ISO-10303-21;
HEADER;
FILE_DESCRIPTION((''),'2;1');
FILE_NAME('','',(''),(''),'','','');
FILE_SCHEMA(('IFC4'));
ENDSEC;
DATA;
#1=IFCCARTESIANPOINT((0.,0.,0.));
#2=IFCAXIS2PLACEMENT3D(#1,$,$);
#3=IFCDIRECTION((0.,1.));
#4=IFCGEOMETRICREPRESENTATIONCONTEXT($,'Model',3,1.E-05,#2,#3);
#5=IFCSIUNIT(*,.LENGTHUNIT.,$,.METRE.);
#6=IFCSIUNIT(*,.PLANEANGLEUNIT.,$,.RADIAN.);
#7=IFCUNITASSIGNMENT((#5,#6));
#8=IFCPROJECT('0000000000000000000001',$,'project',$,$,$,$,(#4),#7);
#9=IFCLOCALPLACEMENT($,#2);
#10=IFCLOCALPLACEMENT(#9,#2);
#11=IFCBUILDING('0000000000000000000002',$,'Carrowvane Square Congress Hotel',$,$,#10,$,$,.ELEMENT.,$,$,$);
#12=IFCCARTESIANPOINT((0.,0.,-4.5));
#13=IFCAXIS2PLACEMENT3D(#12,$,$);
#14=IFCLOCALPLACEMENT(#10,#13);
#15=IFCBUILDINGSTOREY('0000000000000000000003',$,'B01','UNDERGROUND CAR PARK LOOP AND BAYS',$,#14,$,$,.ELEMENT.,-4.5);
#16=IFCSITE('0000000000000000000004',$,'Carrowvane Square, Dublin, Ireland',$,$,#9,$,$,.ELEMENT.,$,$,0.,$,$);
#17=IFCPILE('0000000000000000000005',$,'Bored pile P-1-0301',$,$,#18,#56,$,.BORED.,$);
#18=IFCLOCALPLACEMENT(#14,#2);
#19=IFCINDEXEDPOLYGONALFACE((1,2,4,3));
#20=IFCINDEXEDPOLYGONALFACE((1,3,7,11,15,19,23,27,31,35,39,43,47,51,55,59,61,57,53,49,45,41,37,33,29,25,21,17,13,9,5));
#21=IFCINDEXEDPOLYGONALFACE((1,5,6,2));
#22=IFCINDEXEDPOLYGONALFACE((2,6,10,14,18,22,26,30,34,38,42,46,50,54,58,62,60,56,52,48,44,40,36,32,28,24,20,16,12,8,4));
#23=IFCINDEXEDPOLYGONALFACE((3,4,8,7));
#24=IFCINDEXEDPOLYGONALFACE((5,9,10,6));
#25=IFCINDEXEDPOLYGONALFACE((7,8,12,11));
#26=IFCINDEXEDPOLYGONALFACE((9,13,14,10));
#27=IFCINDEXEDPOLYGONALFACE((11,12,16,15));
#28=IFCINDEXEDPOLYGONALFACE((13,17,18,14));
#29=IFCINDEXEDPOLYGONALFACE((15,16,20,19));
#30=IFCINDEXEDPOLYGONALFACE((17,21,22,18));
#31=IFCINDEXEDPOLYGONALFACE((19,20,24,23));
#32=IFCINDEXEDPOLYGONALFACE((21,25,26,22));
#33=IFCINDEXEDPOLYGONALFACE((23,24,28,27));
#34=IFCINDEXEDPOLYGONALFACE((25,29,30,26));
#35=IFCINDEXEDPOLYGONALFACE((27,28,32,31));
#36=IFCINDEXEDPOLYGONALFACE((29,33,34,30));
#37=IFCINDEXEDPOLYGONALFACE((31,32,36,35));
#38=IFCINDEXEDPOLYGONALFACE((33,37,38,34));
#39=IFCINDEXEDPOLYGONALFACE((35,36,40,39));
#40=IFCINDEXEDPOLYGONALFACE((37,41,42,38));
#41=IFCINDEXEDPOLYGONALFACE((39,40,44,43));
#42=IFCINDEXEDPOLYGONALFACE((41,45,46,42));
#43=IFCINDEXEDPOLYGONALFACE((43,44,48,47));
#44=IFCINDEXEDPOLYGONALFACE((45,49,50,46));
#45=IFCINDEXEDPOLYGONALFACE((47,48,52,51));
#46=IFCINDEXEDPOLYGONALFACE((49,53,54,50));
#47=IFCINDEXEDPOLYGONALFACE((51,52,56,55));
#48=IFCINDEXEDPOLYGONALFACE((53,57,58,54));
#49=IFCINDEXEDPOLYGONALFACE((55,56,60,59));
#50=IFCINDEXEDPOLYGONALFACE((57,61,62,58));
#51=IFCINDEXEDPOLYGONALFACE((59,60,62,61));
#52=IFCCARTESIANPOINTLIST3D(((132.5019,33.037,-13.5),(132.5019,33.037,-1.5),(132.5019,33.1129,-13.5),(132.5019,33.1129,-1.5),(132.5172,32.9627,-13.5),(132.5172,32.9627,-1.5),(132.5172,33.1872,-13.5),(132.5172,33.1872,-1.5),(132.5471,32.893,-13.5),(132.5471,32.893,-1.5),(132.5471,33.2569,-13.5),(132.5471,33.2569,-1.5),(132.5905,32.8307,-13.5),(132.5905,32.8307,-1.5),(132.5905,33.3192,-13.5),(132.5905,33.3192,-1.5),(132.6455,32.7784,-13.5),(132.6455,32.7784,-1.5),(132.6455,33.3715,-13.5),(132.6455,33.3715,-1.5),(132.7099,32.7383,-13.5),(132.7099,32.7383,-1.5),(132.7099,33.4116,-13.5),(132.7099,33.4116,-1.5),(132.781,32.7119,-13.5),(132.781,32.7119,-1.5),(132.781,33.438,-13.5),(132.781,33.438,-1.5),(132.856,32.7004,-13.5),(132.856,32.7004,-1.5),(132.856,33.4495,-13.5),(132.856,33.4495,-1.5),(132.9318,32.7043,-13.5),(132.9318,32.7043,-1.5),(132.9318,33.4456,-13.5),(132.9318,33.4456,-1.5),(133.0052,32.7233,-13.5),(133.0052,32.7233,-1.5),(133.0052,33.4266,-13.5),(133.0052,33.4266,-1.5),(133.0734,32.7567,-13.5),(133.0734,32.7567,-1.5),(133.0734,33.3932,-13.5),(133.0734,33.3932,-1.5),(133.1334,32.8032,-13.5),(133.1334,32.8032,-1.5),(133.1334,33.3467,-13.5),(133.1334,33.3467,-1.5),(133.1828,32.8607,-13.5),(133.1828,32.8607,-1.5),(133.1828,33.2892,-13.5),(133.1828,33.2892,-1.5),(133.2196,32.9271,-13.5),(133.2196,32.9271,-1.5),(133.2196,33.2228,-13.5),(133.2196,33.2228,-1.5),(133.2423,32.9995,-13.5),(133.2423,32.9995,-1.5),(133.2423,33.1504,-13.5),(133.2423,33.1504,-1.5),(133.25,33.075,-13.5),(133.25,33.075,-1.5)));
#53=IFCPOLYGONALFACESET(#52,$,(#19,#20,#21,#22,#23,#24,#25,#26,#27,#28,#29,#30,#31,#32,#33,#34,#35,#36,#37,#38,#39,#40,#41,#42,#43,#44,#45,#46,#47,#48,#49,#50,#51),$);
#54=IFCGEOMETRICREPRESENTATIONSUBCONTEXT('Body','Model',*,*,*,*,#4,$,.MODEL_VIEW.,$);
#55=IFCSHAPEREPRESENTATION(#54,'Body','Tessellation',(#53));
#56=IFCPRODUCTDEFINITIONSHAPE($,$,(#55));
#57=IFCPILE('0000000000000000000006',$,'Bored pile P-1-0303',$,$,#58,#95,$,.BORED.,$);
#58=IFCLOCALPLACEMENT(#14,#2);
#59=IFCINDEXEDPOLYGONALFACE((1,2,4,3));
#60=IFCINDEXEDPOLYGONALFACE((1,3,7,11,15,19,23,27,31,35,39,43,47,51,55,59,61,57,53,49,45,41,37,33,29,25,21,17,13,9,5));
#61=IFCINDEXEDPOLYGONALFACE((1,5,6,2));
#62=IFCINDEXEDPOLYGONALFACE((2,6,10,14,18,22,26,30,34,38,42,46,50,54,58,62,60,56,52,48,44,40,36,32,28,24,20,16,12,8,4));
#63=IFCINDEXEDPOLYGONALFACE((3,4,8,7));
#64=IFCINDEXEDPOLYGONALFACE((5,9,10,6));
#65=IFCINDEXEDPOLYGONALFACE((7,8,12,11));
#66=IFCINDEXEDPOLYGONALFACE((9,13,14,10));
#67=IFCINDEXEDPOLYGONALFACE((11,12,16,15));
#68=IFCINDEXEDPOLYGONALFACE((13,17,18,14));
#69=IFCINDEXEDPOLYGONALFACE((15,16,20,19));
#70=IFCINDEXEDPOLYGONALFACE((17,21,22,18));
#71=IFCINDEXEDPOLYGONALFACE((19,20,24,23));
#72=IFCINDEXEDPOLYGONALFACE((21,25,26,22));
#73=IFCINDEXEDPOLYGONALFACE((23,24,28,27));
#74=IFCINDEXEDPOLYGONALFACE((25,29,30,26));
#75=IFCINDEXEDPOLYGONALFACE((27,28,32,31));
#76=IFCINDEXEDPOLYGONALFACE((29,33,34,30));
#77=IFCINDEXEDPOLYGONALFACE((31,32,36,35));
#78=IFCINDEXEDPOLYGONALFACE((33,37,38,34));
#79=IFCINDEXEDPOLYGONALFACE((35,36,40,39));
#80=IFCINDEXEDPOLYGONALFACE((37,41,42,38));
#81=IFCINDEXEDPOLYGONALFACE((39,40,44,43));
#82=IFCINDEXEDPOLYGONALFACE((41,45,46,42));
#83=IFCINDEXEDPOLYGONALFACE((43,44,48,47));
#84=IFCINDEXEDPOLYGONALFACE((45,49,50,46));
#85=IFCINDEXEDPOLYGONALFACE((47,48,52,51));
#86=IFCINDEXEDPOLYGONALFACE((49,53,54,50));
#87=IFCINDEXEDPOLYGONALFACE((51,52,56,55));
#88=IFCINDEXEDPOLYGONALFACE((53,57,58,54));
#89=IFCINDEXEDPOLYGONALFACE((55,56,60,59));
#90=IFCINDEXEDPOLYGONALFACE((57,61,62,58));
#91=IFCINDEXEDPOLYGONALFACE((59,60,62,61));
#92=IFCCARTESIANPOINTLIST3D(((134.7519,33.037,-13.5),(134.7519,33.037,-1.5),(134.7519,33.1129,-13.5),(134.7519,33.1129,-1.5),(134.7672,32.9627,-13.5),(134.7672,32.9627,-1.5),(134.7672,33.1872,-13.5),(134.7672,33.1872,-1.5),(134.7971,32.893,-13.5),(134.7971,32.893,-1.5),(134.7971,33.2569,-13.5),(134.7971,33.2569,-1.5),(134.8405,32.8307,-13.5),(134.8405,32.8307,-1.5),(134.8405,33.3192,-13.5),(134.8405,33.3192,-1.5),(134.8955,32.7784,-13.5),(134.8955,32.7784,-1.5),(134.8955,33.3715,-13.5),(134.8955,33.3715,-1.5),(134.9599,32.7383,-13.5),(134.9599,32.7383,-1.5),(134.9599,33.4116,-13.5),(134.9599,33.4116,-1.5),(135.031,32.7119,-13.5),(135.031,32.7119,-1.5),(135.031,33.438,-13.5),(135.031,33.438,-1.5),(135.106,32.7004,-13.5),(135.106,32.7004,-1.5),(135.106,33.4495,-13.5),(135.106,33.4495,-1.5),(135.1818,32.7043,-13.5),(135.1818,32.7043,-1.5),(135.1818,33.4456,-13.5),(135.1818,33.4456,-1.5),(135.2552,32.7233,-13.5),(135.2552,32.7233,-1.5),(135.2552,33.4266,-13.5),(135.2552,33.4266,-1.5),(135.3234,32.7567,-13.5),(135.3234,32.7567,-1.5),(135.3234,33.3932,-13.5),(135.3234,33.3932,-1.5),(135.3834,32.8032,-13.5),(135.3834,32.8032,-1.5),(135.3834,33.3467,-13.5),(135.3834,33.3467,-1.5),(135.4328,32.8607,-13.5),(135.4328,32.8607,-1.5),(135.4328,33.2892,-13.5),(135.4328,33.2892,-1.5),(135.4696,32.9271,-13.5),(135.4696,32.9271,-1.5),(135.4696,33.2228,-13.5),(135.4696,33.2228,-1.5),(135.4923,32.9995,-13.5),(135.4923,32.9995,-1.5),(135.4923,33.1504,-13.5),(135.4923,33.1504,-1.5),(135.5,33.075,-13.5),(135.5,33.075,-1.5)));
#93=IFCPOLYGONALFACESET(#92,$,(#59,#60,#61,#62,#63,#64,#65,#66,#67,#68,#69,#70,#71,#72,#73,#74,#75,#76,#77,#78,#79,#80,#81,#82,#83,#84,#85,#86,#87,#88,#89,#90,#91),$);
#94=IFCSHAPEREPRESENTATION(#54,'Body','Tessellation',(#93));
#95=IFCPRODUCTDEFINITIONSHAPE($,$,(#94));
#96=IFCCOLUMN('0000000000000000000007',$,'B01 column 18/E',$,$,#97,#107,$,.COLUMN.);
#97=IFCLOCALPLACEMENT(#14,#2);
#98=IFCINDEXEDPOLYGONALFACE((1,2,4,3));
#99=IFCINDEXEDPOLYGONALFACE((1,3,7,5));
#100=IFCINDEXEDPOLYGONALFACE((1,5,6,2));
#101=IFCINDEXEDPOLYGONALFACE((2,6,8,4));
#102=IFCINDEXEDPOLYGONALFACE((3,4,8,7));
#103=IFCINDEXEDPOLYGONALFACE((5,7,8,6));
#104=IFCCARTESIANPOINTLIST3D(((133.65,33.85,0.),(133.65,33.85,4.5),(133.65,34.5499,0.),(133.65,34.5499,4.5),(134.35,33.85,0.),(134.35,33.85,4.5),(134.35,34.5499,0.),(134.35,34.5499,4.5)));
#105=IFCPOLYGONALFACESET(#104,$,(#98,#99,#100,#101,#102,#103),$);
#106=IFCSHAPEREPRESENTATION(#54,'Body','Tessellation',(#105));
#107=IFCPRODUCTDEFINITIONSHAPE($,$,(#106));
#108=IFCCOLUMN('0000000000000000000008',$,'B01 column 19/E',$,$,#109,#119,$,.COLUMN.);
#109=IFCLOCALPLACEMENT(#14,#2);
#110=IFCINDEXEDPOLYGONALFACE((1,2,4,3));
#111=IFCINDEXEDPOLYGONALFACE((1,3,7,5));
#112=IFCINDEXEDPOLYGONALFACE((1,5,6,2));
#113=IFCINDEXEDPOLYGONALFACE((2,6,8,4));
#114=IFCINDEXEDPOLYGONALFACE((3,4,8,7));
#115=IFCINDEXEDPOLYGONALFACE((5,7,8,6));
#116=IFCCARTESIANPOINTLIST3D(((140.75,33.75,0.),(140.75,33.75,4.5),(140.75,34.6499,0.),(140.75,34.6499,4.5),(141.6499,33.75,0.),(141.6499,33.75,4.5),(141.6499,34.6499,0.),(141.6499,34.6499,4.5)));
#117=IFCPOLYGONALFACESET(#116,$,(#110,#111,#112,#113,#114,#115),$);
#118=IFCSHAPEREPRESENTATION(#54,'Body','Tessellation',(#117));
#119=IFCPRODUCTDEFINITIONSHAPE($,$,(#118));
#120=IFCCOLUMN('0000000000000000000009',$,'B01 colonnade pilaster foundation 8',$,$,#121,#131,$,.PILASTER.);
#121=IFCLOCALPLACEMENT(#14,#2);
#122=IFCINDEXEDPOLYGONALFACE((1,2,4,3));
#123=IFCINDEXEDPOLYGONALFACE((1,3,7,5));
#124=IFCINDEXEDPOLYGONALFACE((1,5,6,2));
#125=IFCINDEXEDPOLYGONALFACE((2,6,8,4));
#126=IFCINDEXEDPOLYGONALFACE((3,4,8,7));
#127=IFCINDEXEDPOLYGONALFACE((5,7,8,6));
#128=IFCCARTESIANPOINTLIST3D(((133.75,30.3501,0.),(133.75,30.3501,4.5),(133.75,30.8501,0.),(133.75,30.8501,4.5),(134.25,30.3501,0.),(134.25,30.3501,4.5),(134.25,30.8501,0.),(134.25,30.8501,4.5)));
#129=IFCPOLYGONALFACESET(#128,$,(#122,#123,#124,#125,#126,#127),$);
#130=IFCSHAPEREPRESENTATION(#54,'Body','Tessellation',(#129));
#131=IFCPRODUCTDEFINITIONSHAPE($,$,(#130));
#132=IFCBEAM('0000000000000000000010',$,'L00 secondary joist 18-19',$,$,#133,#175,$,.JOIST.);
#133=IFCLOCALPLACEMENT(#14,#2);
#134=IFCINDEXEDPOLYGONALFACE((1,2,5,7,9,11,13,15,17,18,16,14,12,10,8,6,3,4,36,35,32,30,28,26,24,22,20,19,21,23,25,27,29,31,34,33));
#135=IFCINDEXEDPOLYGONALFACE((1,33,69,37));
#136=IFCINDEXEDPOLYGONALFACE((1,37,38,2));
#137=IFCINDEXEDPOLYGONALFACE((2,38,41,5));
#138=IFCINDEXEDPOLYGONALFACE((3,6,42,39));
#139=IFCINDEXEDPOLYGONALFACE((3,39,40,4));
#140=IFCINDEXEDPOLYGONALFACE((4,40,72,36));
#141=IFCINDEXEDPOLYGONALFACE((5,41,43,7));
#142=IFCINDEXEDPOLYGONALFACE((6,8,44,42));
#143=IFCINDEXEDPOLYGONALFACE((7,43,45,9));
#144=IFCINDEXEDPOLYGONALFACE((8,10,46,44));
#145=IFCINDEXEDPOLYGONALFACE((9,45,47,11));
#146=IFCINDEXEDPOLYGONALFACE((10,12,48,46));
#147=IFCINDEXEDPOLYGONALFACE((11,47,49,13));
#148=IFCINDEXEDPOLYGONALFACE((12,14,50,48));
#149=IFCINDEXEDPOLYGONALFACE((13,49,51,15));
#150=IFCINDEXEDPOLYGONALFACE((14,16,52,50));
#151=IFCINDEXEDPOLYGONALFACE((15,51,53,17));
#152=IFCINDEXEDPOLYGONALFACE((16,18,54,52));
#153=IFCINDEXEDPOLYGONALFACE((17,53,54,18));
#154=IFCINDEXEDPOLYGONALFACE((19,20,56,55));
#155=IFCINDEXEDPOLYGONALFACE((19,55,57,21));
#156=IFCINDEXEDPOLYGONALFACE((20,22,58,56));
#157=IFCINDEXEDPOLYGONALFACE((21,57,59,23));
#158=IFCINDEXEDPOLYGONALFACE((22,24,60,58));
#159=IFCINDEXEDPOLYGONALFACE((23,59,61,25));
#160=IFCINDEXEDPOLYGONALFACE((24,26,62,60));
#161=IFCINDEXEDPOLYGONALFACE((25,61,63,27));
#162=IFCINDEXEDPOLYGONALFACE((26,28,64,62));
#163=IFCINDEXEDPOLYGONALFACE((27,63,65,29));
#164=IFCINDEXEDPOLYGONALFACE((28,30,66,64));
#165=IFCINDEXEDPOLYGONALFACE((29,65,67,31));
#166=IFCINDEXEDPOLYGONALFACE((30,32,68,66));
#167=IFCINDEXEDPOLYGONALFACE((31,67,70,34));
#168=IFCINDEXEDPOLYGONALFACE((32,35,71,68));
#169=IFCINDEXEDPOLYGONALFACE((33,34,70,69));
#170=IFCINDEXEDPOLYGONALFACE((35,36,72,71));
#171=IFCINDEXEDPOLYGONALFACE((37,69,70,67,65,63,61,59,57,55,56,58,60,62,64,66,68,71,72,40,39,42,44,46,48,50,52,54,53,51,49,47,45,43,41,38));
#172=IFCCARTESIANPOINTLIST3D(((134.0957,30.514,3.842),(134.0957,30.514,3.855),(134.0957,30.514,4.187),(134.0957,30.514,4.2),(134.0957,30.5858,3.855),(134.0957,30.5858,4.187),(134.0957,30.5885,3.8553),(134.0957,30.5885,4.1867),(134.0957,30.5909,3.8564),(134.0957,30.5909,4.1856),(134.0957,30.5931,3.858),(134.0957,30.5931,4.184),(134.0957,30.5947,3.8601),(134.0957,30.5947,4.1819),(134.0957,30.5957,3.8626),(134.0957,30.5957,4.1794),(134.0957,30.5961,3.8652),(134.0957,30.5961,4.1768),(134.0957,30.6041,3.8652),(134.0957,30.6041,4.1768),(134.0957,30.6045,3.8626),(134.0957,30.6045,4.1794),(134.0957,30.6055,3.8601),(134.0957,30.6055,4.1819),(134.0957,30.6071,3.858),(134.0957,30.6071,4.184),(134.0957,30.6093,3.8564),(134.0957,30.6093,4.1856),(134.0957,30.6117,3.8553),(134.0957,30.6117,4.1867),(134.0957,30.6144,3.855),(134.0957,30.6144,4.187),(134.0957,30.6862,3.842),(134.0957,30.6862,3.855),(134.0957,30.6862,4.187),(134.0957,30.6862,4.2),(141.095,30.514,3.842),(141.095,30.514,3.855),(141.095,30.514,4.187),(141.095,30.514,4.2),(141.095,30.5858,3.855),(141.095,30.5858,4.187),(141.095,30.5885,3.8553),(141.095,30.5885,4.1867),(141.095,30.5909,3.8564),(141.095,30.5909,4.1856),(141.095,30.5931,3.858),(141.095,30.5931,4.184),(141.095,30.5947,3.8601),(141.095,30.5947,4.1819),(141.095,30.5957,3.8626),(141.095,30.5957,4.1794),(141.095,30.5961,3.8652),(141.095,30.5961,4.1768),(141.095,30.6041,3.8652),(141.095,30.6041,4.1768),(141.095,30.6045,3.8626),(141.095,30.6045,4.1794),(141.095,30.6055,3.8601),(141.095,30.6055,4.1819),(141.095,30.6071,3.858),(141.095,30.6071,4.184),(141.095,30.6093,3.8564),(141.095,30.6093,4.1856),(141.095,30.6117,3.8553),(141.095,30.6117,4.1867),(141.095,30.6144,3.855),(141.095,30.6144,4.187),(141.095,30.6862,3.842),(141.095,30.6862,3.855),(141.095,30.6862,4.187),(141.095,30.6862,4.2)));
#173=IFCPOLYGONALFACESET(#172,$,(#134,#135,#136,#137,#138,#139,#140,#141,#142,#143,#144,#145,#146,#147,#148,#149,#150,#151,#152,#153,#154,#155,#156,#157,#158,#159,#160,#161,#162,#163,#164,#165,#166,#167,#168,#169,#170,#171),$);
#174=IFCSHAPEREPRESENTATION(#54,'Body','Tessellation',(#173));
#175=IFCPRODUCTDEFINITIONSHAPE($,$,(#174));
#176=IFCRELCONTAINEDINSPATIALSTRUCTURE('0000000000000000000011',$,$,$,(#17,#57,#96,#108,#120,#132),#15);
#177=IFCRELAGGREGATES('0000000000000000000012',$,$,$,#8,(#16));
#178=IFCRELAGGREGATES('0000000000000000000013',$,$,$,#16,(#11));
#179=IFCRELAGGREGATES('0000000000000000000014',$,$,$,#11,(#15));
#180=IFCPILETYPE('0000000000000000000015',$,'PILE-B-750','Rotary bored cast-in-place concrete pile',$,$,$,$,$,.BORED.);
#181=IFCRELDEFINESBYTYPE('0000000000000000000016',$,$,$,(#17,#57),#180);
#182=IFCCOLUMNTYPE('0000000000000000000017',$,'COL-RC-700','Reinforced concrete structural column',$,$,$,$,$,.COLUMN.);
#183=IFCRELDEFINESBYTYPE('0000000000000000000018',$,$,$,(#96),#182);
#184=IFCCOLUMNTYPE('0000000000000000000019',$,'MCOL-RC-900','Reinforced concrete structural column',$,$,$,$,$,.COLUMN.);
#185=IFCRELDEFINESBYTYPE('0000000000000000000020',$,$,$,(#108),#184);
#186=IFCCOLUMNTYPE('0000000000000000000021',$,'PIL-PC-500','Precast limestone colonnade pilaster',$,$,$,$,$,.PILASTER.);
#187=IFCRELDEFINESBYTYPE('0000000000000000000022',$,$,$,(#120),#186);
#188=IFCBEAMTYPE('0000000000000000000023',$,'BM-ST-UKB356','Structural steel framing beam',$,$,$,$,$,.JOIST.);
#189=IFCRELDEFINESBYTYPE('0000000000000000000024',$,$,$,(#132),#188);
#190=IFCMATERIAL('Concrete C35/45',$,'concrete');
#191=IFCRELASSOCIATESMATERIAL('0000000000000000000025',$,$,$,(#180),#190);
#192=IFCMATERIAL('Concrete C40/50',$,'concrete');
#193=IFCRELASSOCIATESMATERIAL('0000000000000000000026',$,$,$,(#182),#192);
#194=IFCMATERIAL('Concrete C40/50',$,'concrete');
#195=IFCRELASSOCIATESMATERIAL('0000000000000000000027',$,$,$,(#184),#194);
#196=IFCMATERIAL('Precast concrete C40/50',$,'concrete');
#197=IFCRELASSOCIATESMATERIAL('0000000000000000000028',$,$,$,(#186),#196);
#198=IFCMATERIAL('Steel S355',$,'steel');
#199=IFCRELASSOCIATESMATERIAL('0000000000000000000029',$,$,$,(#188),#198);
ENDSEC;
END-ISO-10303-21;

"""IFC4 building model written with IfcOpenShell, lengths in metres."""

from ifc_helpers import new_model, si_unit, direction, frame, origin, origin_2d, place, context, subcontext, project, spatial, rectangle, circle, i_section, extrude, material, material_profile, profile_set, type_object, element, save


model = new_model("IFC4")

# Units and contexts
model_context = context("Model", 3, precision=1e-05, world=origin(), true_north=direction((0.0, 1.0)))
body_context = subcontext(model_context, "Body", "Model", "MODEL_VIEW")
ifc_project = project(units=[si_unit("LENGTHUNIT", "METRE"), si_unit("PLANEANGLEUNIT", "RADIAN")], contexts=[model_context])

# Site, building, storey
site_placement = place(None, origin())
site = spatial("IfcSite", under=ifc_project, at=site_placement, Name="Carrowvane Square, Dublin, Ireland", CompositionType="ELEMENT", RefElevation=0.0)
building_placement = place(site_placement, origin())
building = spatial("IfcBuilding", under=site, at=building_placement, Name="Carrowvane Square Congress Hotel", CompositionType="ELEMENT")
storey_placement = place(building_placement, frame((0.0, 0.0, -4.5)))
storey = spatial("IfcBuildingStorey", under=building, at=storey_placement, Name="B01", Description="UNDERGROUND CAR PARK LOOP AND BAYS", CompositionType="ELEMENT", Elevation=-4.5)

# Piles
ifc_material_1 = material(Name="Concrete C35/45", Category="concrete")
ifc_material_profile_1 = material_profile(ifc_material_1, circle(Radius=0.375, at=origin_2d()), Name="PILE D750")
ifc_profile_set_1 = profile_set([ifc_material_profile_1], Name="Concrete C35/45")
pile_type_1 = type_object("IfcPileType", Name="PILE-B-750", Description="Rotary bored cast-in-place concrete pile", PredefinedType="BORED", material=ifc_profile_set_1)
for number, where, z_axis, x_axis, name in (
    (1, (132.875, 33.075, -1.5), (0.0, 0.0, -1.0), (1.0, 0.0, 0.0), "Bored pile P-1-0301"),
    (2, (135.125, 33.075, -1.5), (0.0, 0.0, -1.0), (1.0, 0.0, 0.0), "Bored pile P-1-0303"),
):
    element("IfcPile", number, at=place(storey_placement, frame(where, z_axis=z_axis, x_axis=x_axis)), inside=storey, type_object=pile_type_1, Name=name, PredefinedType="BORED", context=body_context, shape_type="SweptSolid", body=[
        extrude(circle(Radius=0.375, at=origin_2d()), origin(), (0.0, 0.0, 1.0), 12.0),
    ])

# Columns
ifc_material_2 = material(Name="Concrete C40/50", Category="concrete")
ifc_material_profile_2 = material_profile(ifc_material_2, rectangle(XDim=0.7, YDim=0.7, at=origin_2d()), Name="RC 700x700")
ifc_profile_set_2 = profile_set([ifc_material_profile_2], Name="Concrete C40/50")
column_type_1 = type_object("IfcColumnType", Name="COL-RC-700", Description="Reinforced concrete structural column", PredefinedType="COLUMN", material=ifc_profile_set_2)
column_1_placement = place(storey_placement, frame((134.0, 34.2, 0.0), z_axis=(0.0, 0.0, 1.0), x_axis=(1.0, 0.0, 0.0)))
element("IfcColumn", 3, at=column_1_placement, inside=storey, type_object=column_type_1, Name="B01 column 18/E", PredefinedType="COLUMN", context=body_context, shape_type="SweptSolid", body=[
    extrude(rectangle(XDim=0.7, YDim=0.7, at=origin_2d()), origin(), (0.0, 0.0, 1.0), 4.5),
])
ifc_material_3 = material(Name="Concrete C40/50", Category="concrete")
ifc_material_profile_3 = material_profile(ifc_material_3, rectangle(XDim=0.8999, YDim=0.8999, at=origin_2d()), Name="RC 900x900")
ifc_profile_set_3 = profile_set([ifc_material_profile_3], Name="Concrete C40/50")
column_type_2 = type_object("IfcColumnType", Name="MCOL-RC-900", Description="Reinforced concrete structural column", PredefinedType="COLUMN", material=ifc_profile_set_3)
column_2_placement = place(storey_placement, frame((141.2, 34.2, 0.0), z_axis=(0.0, 0.0, 1.0), x_axis=(1.0, 0.0, 0.0)))
element("IfcColumn", 4, at=column_2_placement, inside=storey, type_object=column_type_2, Name="B01 column 19/E", PredefinedType="COLUMN", context=body_context, shape_type="SweptSolid", body=[
    extrude(rectangle(XDim=0.8999, YDim=0.8999, at=origin_2d()), origin(), (0.0, 0.0, 1.0), 4.5),
])
ifc_material_4 = material(Name="Precast concrete C40/50", Category="concrete")
ifc_material_profile_4 = material_profile(ifc_material_4, rectangle(XDim=0.5, YDim=0.5, at=origin_2d()), Name="RC 500x500")
ifc_profile_set_4 = profile_set([ifc_material_profile_4], Name="Precast concrete C40/50")
column_type_3 = type_object("IfcColumnType", Name="PIL-PC-500", Description="Precast limestone colonnade pilaster", PredefinedType="PILASTER", material=ifc_profile_set_4)
column_3_placement = place(storey_placement, frame((134.0, 30.6001, 0.0), z_axis=(0.0, 0.0, 1.0), x_axis=(1.0, 0.0, 0.0)))
element("IfcColumn", 5, at=column_3_placement, inside=storey, type_object=column_type_3, Name="B01 colonnade pilaster foundation 8", PredefinedType="PILASTER", context=body_context, shape_type="SweptSolid", body=[
    extrude(rectangle(XDim=0.5, YDim=0.5, at=origin_2d()), origin(), (0.0, 0.0, 1.0), 4.5),
])

# Beam
ifc_material_5 = material(Name="Steel S355", Category="steel")
ifc_material_profile_5 = material_profile(ifc_material_5, i_section(OverallWidth=0.1721, OverallDepth=0.3579, WebThickness=0.0081, FlangeThickness=0.0129, FilletRadius=0.0103, at=origin_2d()), Name="UKB 356x171x57")
ifc_profile_set_5 = profile_set([ifc_material_profile_5], Name="Steel S355")
beam_type_1 = type_object("IfcBeamType", Name="BM-ST-UKB356", Description="Structural steel framing beam", PredefinedType="JOIST", material=ifc_profile_set_5)
beam_1_placement = place(storey_placement, frame((134.0957, 30.6001, 4.021), z_axis=(1.0, 0.0, 0.0), x_axis=(0.0, 1.0, 0.0)))
element("IfcBeam", 6, at=beam_1_placement, inside=storey, type_object=beam_type_1, Name="L00 secondary joist 18-19", PredefinedType="JOIST", context=body_context, shape_type="SweptSolid", body=[
    extrude(i_section(OverallWidth=0.1721, OverallDepth=0.3579, WebThickness=0.0081, FlangeThickness=0.0129, FilletRadius=0.0103, at=origin_2d()), origin(), (0.0, 0.0, 1.0), 6.9993),
])

save(model, "model.ifc")
